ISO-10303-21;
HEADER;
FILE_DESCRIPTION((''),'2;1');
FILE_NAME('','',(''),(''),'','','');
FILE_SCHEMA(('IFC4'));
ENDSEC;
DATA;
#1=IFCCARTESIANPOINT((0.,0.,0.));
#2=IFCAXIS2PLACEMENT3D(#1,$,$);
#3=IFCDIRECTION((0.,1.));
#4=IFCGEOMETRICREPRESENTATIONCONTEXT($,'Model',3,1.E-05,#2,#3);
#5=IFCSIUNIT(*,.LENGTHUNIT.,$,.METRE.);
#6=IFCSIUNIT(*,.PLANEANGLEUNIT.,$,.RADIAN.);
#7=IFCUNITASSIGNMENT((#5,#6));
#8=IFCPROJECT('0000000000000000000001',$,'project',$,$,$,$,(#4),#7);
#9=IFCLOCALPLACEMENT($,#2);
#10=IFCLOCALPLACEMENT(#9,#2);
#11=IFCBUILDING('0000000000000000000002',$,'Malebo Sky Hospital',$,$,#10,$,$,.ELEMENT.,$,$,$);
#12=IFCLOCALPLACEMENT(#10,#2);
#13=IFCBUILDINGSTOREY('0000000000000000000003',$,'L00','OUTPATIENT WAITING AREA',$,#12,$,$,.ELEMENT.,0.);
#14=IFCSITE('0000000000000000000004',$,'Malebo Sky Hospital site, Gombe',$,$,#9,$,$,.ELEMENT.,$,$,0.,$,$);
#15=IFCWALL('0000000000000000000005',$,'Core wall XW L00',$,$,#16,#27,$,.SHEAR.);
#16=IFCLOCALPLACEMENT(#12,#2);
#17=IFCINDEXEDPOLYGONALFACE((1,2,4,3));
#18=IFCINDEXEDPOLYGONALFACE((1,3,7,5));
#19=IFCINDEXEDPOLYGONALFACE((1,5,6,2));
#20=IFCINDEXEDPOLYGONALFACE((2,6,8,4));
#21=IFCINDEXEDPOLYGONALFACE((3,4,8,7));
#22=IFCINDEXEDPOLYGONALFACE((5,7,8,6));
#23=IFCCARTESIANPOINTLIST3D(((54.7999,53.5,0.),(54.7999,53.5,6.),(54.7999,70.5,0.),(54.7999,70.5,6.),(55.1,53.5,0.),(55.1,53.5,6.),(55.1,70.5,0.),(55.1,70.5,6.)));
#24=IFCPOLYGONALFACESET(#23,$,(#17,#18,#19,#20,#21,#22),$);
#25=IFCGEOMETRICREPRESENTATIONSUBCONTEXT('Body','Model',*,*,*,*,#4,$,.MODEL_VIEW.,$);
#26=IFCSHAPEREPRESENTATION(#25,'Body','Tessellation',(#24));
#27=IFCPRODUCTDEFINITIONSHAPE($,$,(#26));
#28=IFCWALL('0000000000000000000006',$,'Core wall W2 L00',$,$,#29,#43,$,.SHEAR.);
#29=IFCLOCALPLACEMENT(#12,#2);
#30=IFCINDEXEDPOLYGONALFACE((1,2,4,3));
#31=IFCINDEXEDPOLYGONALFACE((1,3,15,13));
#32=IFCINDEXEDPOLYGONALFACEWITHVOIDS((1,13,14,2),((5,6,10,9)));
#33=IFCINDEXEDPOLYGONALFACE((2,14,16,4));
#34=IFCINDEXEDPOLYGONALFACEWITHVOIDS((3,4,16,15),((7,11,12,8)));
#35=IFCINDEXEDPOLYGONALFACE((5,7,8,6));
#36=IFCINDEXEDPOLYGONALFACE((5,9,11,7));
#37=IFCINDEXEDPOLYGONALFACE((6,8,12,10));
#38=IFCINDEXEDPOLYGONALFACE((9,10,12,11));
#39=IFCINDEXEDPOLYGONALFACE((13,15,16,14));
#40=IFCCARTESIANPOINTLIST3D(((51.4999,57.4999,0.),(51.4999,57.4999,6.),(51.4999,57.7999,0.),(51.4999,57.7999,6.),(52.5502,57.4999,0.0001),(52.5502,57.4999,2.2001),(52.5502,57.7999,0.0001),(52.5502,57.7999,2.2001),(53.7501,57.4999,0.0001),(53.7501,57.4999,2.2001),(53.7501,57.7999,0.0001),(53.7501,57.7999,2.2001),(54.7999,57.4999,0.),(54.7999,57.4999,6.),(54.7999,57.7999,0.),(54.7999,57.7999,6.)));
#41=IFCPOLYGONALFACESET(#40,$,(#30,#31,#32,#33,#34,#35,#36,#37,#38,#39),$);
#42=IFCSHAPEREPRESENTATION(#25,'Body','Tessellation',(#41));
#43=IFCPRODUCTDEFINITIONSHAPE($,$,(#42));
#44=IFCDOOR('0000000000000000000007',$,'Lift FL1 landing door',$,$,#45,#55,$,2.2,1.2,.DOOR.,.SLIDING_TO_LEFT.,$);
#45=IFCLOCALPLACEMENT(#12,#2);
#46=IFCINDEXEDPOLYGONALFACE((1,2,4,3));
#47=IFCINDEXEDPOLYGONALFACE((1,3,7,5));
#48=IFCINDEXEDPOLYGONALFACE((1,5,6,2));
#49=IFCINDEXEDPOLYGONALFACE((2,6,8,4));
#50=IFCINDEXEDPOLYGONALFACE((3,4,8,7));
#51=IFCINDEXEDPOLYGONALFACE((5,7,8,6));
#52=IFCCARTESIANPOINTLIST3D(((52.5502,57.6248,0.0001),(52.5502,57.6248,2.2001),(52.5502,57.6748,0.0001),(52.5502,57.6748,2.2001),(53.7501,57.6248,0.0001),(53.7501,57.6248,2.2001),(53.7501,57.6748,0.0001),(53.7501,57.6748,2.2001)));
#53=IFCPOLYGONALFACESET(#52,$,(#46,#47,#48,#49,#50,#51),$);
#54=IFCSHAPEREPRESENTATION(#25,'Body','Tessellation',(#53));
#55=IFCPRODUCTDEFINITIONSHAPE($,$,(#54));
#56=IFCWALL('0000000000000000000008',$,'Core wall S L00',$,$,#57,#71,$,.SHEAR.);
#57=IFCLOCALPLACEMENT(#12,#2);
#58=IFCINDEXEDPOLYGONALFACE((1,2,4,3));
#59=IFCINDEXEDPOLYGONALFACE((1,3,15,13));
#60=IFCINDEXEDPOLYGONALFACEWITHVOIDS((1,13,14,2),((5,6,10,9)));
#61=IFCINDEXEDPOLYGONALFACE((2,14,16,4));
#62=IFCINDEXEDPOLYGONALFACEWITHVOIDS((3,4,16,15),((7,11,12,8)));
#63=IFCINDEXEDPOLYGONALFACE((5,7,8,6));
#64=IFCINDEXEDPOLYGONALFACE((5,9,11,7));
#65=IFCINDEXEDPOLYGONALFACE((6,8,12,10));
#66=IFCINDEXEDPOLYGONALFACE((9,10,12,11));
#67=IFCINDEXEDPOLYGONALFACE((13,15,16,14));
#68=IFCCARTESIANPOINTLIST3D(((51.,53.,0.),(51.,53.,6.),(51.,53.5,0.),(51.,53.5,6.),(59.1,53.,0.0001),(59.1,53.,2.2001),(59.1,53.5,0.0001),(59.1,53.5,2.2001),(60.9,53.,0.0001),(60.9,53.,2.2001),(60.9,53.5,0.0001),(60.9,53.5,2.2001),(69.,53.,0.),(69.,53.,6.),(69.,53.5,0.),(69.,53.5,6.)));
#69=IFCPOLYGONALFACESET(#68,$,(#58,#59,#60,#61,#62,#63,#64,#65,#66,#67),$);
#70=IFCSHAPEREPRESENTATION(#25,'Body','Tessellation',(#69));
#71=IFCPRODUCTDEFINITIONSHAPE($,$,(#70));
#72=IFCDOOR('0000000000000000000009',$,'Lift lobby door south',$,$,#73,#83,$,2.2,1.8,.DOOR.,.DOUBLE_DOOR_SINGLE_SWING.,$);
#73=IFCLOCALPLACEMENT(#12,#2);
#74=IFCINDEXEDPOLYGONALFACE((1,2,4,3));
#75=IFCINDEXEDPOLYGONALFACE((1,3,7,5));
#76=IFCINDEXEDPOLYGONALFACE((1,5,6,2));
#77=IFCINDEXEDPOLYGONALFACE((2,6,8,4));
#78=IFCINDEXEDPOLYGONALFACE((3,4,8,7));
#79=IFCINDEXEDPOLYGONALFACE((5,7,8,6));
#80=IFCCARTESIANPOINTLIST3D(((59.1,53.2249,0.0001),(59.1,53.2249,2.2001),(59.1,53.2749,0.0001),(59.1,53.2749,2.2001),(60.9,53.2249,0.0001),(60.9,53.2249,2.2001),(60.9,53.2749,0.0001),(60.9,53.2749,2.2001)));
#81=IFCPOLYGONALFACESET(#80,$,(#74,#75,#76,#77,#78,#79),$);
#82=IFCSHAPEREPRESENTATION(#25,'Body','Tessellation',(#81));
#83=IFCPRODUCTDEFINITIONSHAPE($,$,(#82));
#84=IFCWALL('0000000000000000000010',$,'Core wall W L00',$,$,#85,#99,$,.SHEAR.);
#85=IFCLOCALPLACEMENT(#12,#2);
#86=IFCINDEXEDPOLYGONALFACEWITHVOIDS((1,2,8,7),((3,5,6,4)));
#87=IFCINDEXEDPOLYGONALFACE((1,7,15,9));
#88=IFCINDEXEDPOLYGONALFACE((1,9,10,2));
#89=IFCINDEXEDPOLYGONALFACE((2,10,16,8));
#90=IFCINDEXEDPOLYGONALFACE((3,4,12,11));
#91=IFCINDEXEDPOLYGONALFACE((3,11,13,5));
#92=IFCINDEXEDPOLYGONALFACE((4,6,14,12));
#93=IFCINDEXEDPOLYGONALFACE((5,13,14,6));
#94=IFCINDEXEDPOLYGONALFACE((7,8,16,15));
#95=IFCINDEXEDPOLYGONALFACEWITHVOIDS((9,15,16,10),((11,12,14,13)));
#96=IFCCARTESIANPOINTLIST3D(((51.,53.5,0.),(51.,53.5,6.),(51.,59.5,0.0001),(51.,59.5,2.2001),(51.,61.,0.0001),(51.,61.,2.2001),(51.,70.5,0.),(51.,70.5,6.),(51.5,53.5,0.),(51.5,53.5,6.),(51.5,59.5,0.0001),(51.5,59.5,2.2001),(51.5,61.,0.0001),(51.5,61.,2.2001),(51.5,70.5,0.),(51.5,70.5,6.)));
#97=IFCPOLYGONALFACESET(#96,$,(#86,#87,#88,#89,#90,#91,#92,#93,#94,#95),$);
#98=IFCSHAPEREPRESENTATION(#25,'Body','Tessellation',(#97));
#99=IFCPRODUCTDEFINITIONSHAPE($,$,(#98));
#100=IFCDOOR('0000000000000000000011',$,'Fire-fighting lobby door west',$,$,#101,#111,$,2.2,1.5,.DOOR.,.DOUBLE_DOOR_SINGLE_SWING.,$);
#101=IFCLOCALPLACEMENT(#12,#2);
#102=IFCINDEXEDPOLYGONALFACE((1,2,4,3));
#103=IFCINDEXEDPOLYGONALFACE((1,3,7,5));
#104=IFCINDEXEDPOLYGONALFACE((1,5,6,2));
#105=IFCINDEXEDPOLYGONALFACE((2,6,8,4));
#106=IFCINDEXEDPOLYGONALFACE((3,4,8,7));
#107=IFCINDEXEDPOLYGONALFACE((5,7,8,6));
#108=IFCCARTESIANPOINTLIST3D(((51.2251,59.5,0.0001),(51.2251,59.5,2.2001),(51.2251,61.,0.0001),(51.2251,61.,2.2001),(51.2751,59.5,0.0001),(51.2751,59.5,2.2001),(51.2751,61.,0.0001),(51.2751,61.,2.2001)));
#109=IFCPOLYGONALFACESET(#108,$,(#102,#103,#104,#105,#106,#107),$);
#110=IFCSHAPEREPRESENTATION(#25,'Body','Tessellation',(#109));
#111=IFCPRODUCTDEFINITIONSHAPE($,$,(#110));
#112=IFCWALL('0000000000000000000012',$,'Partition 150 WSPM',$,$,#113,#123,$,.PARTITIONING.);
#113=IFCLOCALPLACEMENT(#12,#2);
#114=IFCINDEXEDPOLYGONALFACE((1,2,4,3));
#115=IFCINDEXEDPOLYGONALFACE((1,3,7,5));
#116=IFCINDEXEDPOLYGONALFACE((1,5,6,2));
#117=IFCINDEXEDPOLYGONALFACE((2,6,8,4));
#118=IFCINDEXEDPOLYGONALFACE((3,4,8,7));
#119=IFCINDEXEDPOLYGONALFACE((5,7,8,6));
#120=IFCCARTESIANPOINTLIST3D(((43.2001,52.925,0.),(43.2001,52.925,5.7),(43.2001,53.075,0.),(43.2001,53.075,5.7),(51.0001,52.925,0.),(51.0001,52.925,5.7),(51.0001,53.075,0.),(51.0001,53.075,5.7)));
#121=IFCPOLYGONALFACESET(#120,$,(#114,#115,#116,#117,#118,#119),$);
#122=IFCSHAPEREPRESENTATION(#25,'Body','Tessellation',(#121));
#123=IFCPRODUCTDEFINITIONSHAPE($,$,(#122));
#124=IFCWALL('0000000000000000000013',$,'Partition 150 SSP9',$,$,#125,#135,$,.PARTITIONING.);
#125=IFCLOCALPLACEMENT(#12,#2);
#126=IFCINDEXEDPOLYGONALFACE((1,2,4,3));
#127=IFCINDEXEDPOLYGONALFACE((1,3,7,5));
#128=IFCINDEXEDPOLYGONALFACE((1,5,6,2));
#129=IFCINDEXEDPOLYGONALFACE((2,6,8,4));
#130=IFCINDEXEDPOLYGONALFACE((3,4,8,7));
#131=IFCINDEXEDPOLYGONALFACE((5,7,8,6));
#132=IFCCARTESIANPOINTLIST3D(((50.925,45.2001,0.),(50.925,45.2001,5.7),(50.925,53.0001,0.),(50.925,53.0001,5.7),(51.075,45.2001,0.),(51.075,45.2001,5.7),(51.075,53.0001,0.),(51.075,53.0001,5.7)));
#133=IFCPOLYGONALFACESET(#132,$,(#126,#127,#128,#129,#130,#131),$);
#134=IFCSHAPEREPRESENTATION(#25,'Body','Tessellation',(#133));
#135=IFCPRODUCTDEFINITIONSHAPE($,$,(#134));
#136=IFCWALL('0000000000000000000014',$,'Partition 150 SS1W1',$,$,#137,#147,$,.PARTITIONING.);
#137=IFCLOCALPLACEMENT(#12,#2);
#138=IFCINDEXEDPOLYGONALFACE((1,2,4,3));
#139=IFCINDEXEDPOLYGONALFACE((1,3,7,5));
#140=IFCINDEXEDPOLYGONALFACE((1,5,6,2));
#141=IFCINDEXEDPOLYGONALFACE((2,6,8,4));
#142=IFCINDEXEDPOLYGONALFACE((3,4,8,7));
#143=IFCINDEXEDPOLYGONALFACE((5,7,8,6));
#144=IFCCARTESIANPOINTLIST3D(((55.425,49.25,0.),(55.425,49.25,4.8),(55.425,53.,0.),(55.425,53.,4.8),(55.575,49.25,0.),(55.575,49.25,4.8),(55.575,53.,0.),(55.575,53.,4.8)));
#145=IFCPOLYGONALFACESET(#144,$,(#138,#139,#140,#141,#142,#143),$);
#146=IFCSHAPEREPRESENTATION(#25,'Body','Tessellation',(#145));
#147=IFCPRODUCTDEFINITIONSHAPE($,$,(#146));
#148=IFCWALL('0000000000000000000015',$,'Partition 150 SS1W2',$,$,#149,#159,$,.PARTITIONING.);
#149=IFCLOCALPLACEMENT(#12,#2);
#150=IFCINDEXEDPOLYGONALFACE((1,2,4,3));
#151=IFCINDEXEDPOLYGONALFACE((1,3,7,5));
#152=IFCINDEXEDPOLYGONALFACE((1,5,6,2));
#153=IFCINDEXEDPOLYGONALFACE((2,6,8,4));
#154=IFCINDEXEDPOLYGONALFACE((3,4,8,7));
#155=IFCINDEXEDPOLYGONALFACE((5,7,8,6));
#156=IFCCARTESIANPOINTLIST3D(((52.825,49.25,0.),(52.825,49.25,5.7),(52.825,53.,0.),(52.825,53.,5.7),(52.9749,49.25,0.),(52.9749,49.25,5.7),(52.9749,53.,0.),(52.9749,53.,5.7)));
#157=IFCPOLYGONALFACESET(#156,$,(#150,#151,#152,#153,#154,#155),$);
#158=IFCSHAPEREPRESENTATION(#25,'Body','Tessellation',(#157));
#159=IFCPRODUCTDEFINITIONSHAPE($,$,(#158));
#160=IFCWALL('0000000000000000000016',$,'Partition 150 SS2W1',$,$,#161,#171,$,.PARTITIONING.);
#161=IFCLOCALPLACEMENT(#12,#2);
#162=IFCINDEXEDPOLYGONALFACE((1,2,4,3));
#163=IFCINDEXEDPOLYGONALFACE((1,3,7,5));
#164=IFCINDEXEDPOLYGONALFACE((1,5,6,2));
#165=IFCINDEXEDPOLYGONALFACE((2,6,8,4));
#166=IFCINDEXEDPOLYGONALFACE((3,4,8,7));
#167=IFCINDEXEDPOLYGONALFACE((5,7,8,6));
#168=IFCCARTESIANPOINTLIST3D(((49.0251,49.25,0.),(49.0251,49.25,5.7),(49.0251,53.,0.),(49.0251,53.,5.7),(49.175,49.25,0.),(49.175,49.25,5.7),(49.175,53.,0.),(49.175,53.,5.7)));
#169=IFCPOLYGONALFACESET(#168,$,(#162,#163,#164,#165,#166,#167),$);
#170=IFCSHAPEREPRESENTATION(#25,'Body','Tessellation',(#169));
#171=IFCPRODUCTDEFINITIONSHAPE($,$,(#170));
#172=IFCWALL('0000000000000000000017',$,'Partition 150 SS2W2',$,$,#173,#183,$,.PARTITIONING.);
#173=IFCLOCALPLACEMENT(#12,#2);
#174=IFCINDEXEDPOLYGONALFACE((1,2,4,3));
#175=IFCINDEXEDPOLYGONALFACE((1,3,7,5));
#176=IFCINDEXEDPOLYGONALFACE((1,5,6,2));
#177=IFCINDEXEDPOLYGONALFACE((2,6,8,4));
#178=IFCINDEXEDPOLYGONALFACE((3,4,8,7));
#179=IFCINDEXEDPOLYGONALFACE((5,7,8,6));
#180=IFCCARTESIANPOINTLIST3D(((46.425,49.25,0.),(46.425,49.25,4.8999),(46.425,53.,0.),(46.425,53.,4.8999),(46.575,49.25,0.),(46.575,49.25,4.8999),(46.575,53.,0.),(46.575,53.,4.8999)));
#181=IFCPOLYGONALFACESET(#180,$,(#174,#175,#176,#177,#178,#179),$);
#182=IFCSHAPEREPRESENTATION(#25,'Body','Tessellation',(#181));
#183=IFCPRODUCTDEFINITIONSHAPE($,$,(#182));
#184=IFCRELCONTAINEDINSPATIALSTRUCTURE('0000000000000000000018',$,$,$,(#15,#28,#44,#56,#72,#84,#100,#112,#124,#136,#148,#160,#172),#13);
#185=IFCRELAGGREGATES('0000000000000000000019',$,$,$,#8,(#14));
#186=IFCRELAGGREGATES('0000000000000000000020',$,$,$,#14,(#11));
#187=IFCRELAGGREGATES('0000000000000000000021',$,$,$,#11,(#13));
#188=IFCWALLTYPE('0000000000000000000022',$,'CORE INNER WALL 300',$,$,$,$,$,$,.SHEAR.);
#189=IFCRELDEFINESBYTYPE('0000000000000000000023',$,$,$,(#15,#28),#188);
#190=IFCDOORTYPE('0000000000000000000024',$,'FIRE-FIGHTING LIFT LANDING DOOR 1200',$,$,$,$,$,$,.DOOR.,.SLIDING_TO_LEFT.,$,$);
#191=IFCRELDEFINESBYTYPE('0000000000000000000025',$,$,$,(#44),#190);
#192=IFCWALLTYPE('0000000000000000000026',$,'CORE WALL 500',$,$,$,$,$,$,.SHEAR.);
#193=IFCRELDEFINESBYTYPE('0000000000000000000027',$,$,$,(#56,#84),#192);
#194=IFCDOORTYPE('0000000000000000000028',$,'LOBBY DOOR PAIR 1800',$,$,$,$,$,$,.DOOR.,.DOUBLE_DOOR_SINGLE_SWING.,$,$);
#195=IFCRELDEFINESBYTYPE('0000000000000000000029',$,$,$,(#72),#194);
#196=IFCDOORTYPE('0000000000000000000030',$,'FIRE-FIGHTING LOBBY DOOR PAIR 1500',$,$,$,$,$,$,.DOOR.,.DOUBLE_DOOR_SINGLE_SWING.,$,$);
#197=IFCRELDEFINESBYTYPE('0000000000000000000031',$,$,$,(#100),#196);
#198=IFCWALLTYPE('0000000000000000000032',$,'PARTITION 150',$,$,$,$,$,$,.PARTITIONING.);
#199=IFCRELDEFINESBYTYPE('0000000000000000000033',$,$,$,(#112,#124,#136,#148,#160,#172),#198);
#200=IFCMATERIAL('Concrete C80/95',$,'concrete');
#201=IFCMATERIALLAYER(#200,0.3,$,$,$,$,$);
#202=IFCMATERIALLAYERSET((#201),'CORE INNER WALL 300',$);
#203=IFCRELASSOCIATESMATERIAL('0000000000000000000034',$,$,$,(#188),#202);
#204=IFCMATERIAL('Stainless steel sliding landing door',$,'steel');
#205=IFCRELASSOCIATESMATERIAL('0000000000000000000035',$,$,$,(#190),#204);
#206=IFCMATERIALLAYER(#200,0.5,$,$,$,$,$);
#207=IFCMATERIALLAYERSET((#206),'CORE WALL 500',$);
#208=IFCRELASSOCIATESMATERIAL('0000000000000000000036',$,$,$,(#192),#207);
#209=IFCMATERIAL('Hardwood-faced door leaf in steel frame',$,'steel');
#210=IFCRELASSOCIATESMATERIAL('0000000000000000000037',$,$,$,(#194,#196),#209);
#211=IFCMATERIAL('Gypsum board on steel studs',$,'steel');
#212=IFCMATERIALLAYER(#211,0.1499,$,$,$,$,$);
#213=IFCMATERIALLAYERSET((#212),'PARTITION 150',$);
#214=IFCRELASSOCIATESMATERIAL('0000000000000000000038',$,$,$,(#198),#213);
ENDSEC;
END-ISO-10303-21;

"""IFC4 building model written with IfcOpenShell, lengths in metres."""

from ifc_helpers import new_model, si_unit, direction, frame, frame_2d, origin, place, context, subcontext, project, spatial, rectangle, extrude, material, layer, layer_set, type_object, element, fill, save


model = new_model("IFC4")

# Units and contexts
model_context = context("Model", 3, precision=1e-05, world=origin(), true_north=direction((0.0, 1.0)))
body_context = subcontext(model_context, "Body", "Model", "MODEL_VIEW")
ifc_project = project(units=[si_unit("LENGTHUNIT", "METRE"), si_unit("PLANEANGLEUNIT", "RADIAN")], contexts=[model_context])

# Site, building, storey
site_placement = place(None, origin())
site = spatial("IfcSite", under=ifc_project, at=site_placement, Name="Malebo Sky Hospital site, Gombe", CompositionType="ELEMENT", RefElevation=0.0)
building_placement = place(site_placement, origin())
building = spatial("IfcBuilding", under=site, at=building_placement, Name="Malebo Sky Hospital", CompositionType="ELEMENT")
storey_placement = place(building_placement, origin())
storey = spatial("IfcBuildingStorey", under=building, at=storey_placement, Name="L00", Description="OUTPATIENT WAITING AREA", CompositionType="ELEMENT", Elevation=0.0)

# Wall
ifc_material_1 = material(Name="Concrete C80/95", Category="concrete")
ifc_layer_1 = layer(ifc_material_1, 0.3)
ifc_layer_set_1 = layer_set([ifc_layer_1], Name="CORE INNER WALL 300")
wall_type_1 = type_object("IfcWallType", Name="CORE INNER WALL 300", PredefinedType="SHEAR", material=ifc_layer_set_1)
wall_1_placement = place(storey_placement, frame((54.95, 53.5, 0.0), z_axis=(0.0, 0.0, 1.0), x_axis=(0.0, 1.0, 0.0)))
element("IfcWall", 1, at=wall_1_placement, inside=storey, type_object=wall_type_1, Name="Core wall XW L00", PredefinedType="SHEAR", context=body_context, shape_type="SweptSolid", body=[
    extrude(rectangle(XDim=17.0, YDim=0.3, at=frame_2d((8.5, 0.0))), origin(), (0.0, 0.0, 1.0), 6.0),
])

# Walls, openings, doors
wall_2_placement = place(storey_placement, frame((51.5, 57.6499, 0.0), z_axis=(0.0, 0.0, 1.0), x_axis=(1.0, 0.0, 0.0)))
wall_2 = element("IfcWall", 2, at=wall_2_placement, inside=storey, type_object=wall_type_1, Name="Core wall W2 L00", PredefinedType="SHEAR", context=body_context, shape_type="SweptSolid", body=[
    extrude(rectangle(XDim=3.3, YDim=0.3, at=frame_2d((1.6499, 0.0))), origin(), (0.0, 0.0, 1.0), 6.0),
])
opening_1_placement = place(wall_2_placement, frame((1.05, 0.0, 0.0)))
opening_1 = element("IfcOpeningElement", 3, at=opening_1_placement, cuts=wall_2, PredefinedType="OPENING", context=body_context, shape_type="SweptSolid", body=[
    extrude(rectangle(XDim=1.2, YDim=2.2, at=frame_2d((0.6001, 1.1001))), frame((0.0, 0.1599, 0.0), z_axis=(0.0, -1.0, 0.0), x_axis=(1.0, 0.0, 0.0)), (0.0, 0.0, 1.0), 0.3201),
])
ifc_material_2 = material(Name="Stainless steel sliding landing door", Category="steel")
door_type_1 = type_object("IfcDoorType", Name="FIRE-FIGHTING LIFT LANDING DOOR 1200", OperationType="SLIDING_TO_LEFT", PredefinedType="DOOR", material=ifc_material_2)
door_1_placement = place(opening_1_placement, origin())
door_1 = element("IfcDoor", 4, at=door_1_placement, inside=storey, type_object=door_type_1, Name="Lift FL1 landing door", OperationType="SLIDING_TO_LEFT", OverallHeight=2.2, OverallWidth=1.2, PredefinedType="DOOR", context=body_context, shape_type="SweptSolid", body=[
    extrude(rectangle(XDim=1.2, YDim=2.2, at=frame_2d((0.6001, 1.1001))), frame((0.0, 0.0249, 0.0), z_axis=(0.0, -1.0, 0.0), x_axis=(1.0, 0.0, 0.0)), (0.0, 0.0, 1.0), 0.05),
])
fill(opening_1, door_1)
ifc_layer_2 = layer(ifc_material_1, 0.5)
ifc_layer_set_2 = layer_set([ifc_layer_2], Name="CORE WALL 500")
wall_type_2 = type_object("IfcWallType", Name="CORE WALL 500", PredefinedType="SHEAR", material=ifc_layer_set_2)
wall_3_placement = place(storey_placement, frame((51.0, 53.25, 0.0), z_axis=(0.0, 0.0, 1.0), x_axis=(1.0, 0.0, 0.0)))
wall_3 = element("IfcWall", 5, at=wall_3_placement, inside=storey, type_object=wall_type_2, Name="Core wall S L00", PredefinedType="SHEAR", context=body_context, shape_type="SweptSolid", body=[
    extrude(rectangle(XDim=18.0, YDim=0.5, at=frame_2d((9.0, 0.0))), origin(), (0.0, 0.0, 1.0), 6.0),
])
opening_2_placement = place(wall_3_placement, frame((8.1001, 0.0, 0.0)))
opening_2 = element("IfcOpeningElement", 6, at=opening_2_placement, cuts=wall_3, PredefinedType="OPENING", context=body_context, shape_type="SweptSolid", body=[
    extrude(rectangle(XDim=1.8, YDim=2.2, at=frame_2d((0.8999, 1.1001))), frame((0.0, 0.26, 0.0), z_axis=(0.0, -1.0, 0.0), x_axis=(1.0, 0.0, 0.0)), (0.0, 0.0, 1.0), 0.52),
])
ifc_material_3 = material(Name="Hardwood-faced door leaf in steel frame", Category="steel")
door_type_2 = type_object("IfcDoorType", Name="LOBBY DOOR PAIR 1800", OperationType="DOUBLE_DOOR_SINGLE_SWING", PredefinedType="DOOR", material=ifc_material_3)
door_2_placement = place(opening_2_placement, origin())
door_2 = element("IfcDoor", 7, at=door_2_placement, inside=storey, type_object=door_type_2, Name="Lift lobby door south", OperationType="DOUBLE_DOOR_SINGLE_SWING", OverallHeight=2.2, OverallWidth=1.8, PredefinedType="DOOR", context=body_context, shape_type="SweptSolid", body=[
    extrude(rectangle(XDim=1.8, YDim=2.2, at=frame_2d((0.8999, 1.1001))), frame((0.0, 0.0249, 0.0), z_axis=(0.0, -1.0, 0.0), x_axis=(1.0, 0.0, 0.0)), (0.0, 0.0, 1.0), 0.05),
])
fill(opening_2, door_2)
wall_4_placement = place(storey_placement, frame((51.25, 53.5, 0.0), z_axis=(0.0, 0.0, 1.0), x_axis=(0.0, 1.0, 0.0)))
wall_4 = element("IfcWall", 8, at=wall_4_placement, inside=storey, type_object=wall_type_2, Name="Core wall W L00", PredefinedType="SHEAR", context=body_context, shape_type="SweptSolid", body=[
    extrude(rectangle(XDim=17.0, YDim=0.5, at=frame_2d((8.5, 0.0))), origin(), (0.0, 0.0, 1.0), 6.0),
])
opening_3_placement = place(wall_4_placement, frame((6.0, 0.0, 0.0)))
opening_3 = element("IfcOpeningElement", 9, at=opening_3_placement, cuts=wall_4, PredefinedType="OPENING", context=body_context, shape_type="SweptSolid", body=[
    extrude(rectangle(XDim=1.5, YDim=2.2, at=frame_2d((0.75, 1.1001))), frame((0.0, 0.26, 0.0), z_axis=(0.0, -1.0, 0.0), x_axis=(1.0, 0.0, 0.0)), (0.0, 0.0, 1.0), 0.52),
])
door_type_3 = type_object("IfcDoorType", Name="FIRE-FIGHTING LOBBY DOOR PAIR 1500", OperationType="DOUBLE_DOOR_SINGLE_SWING", PredefinedType="DOOR", material=ifc_material_3)
door_3_placement = place(opening_3_placement, origin())
door_3 = element("IfcDoor", 10, at=door_3_placement, inside=storey, type_object=door_type_3, Name="Fire-fighting lobby door west", OperationType="DOUBLE_DOOR_SINGLE_SWING", OverallHeight=2.2, OverallWidth=1.5, PredefinedType="DOOR", context=body_context, shape_type="SweptSolid", body=[
    extrude(rectangle(XDim=1.5, YDim=2.2, at=frame_2d((0.75, 1.1001))), frame((0.0, 0.0249, 0.0), z_axis=(0.0, -1.0, 0.0), x_axis=(1.0, 0.0, 0.0)), (0.0, 0.0, 1.0), 0.05),
])
fill(opening_3, door_3)

# Walls
ifc_material_4 = material(Name="Gypsum board on steel studs", Category="steel")
ifc_layer_3 = layer(ifc_material_4, 0.1499)
ifc_layer_set_3 = layer_set([ifc_layer_3], Name="PARTITION 150")
wall_type_3 = type_object("IfcWallType", Name="PARTITION 150", PredefinedType="PARTITIONING", material=ifc_layer_set_3)
for number, where, z_axis, x_axis, name in (
    (11, (51.0, 53.0, 0.0), (0.0, 0.0, 1.0), (-1.0, 0.0, 0.0), "Partition 150 WSPM"),
    (12, (51.0, 53.0, 0.0), (0.0, 0.0, 1.0), (0.0, -1.0, 0.0), "Partition 150 SSP9"),
):
    element("IfcWall", number, at=place(storey_placement, frame(where, z_axis=z_axis, x_axis=x_axis)), inside=storey, type_object=wall_type_3, Name=name, PredefinedType="PARTITIONING", context=body_context, shape_type="SweptSolid", body=[
        extrude(rectangle(XDim=7.8, YDim=0.1499, at=frame_2d((3.8999, 0.0))), origin(), (0.0, 0.0, 1.0), 5.7),
    ])
wall_5_placement = place(storey_placement, frame((55.5, 53.0, 0.0), z_axis=(0.0, 0.0, 1.0), x_axis=(0.0, -1.0, 0.0)))
element("IfcWall", 13, at=wall_5_placement, inside=storey, type_object=wall_type_3, Name="Partition 150 SS1W1", PredefinedType="PARTITIONING", context=body_context, shape_type="SweptSolid", body=[
    extrude(rectangle(XDim=3.75, YDim=0.1499, at=frame_2d((1.875, 0.0))), origin(), (0.0, 0.0, 1.0), 4.8),
])
for number, where, z_axis, x_axis, name in (
    (14, (52.8999, 53.0, 0.0), (0.0, 0.0, 1.0), (0.0, -1.0, 0.0), "Partition 150 SS1W2"),
    (15, (49.1001, 53.0, 0.0), (0.0, 0.0, 1.0), (0.0, -1.0, 0.0), "Partition 150 SS2W1"),
):
    element("IfcWall", number, at=place(storey_placement, frame(where, z_axis=z_axis, x_axis=x_axis)), inside=storey, type_object=wall_type_3, Name=name, PredefinedType="PARTITIONING", context=body_context, shape_type="SweptSolid", body=[
        extrude(rectangle(XDim=3.75, YDim=0.1499, at=frame_2d((1.875, 0.0))), origin(), (0.0, 0.0, 1.0), 5.7),
    ])
wall_6_placement = place(storey_placement, frame((46.5, 53.0, 0.0), z_axis=(0.0, 0.0, 1.0), x_axis=(0.0, -1.0, 0.0)))
element("IfcWall", 16, at=wall_6_placement, inside=storey, type_object=wall_type_3, Name="Partition 150 SS2W2", PredefinedType="PARTITIONING", context=body_context, shape_type="SweptSolid", body=[
    extrude(rectangle(XDim=3.75, YDim=0.1499, at=frame_2d((1.875, 0.0))), origin(), (0.0, 0.0, 1.0), 4.8999),
])

save(model, "model.ifc")
